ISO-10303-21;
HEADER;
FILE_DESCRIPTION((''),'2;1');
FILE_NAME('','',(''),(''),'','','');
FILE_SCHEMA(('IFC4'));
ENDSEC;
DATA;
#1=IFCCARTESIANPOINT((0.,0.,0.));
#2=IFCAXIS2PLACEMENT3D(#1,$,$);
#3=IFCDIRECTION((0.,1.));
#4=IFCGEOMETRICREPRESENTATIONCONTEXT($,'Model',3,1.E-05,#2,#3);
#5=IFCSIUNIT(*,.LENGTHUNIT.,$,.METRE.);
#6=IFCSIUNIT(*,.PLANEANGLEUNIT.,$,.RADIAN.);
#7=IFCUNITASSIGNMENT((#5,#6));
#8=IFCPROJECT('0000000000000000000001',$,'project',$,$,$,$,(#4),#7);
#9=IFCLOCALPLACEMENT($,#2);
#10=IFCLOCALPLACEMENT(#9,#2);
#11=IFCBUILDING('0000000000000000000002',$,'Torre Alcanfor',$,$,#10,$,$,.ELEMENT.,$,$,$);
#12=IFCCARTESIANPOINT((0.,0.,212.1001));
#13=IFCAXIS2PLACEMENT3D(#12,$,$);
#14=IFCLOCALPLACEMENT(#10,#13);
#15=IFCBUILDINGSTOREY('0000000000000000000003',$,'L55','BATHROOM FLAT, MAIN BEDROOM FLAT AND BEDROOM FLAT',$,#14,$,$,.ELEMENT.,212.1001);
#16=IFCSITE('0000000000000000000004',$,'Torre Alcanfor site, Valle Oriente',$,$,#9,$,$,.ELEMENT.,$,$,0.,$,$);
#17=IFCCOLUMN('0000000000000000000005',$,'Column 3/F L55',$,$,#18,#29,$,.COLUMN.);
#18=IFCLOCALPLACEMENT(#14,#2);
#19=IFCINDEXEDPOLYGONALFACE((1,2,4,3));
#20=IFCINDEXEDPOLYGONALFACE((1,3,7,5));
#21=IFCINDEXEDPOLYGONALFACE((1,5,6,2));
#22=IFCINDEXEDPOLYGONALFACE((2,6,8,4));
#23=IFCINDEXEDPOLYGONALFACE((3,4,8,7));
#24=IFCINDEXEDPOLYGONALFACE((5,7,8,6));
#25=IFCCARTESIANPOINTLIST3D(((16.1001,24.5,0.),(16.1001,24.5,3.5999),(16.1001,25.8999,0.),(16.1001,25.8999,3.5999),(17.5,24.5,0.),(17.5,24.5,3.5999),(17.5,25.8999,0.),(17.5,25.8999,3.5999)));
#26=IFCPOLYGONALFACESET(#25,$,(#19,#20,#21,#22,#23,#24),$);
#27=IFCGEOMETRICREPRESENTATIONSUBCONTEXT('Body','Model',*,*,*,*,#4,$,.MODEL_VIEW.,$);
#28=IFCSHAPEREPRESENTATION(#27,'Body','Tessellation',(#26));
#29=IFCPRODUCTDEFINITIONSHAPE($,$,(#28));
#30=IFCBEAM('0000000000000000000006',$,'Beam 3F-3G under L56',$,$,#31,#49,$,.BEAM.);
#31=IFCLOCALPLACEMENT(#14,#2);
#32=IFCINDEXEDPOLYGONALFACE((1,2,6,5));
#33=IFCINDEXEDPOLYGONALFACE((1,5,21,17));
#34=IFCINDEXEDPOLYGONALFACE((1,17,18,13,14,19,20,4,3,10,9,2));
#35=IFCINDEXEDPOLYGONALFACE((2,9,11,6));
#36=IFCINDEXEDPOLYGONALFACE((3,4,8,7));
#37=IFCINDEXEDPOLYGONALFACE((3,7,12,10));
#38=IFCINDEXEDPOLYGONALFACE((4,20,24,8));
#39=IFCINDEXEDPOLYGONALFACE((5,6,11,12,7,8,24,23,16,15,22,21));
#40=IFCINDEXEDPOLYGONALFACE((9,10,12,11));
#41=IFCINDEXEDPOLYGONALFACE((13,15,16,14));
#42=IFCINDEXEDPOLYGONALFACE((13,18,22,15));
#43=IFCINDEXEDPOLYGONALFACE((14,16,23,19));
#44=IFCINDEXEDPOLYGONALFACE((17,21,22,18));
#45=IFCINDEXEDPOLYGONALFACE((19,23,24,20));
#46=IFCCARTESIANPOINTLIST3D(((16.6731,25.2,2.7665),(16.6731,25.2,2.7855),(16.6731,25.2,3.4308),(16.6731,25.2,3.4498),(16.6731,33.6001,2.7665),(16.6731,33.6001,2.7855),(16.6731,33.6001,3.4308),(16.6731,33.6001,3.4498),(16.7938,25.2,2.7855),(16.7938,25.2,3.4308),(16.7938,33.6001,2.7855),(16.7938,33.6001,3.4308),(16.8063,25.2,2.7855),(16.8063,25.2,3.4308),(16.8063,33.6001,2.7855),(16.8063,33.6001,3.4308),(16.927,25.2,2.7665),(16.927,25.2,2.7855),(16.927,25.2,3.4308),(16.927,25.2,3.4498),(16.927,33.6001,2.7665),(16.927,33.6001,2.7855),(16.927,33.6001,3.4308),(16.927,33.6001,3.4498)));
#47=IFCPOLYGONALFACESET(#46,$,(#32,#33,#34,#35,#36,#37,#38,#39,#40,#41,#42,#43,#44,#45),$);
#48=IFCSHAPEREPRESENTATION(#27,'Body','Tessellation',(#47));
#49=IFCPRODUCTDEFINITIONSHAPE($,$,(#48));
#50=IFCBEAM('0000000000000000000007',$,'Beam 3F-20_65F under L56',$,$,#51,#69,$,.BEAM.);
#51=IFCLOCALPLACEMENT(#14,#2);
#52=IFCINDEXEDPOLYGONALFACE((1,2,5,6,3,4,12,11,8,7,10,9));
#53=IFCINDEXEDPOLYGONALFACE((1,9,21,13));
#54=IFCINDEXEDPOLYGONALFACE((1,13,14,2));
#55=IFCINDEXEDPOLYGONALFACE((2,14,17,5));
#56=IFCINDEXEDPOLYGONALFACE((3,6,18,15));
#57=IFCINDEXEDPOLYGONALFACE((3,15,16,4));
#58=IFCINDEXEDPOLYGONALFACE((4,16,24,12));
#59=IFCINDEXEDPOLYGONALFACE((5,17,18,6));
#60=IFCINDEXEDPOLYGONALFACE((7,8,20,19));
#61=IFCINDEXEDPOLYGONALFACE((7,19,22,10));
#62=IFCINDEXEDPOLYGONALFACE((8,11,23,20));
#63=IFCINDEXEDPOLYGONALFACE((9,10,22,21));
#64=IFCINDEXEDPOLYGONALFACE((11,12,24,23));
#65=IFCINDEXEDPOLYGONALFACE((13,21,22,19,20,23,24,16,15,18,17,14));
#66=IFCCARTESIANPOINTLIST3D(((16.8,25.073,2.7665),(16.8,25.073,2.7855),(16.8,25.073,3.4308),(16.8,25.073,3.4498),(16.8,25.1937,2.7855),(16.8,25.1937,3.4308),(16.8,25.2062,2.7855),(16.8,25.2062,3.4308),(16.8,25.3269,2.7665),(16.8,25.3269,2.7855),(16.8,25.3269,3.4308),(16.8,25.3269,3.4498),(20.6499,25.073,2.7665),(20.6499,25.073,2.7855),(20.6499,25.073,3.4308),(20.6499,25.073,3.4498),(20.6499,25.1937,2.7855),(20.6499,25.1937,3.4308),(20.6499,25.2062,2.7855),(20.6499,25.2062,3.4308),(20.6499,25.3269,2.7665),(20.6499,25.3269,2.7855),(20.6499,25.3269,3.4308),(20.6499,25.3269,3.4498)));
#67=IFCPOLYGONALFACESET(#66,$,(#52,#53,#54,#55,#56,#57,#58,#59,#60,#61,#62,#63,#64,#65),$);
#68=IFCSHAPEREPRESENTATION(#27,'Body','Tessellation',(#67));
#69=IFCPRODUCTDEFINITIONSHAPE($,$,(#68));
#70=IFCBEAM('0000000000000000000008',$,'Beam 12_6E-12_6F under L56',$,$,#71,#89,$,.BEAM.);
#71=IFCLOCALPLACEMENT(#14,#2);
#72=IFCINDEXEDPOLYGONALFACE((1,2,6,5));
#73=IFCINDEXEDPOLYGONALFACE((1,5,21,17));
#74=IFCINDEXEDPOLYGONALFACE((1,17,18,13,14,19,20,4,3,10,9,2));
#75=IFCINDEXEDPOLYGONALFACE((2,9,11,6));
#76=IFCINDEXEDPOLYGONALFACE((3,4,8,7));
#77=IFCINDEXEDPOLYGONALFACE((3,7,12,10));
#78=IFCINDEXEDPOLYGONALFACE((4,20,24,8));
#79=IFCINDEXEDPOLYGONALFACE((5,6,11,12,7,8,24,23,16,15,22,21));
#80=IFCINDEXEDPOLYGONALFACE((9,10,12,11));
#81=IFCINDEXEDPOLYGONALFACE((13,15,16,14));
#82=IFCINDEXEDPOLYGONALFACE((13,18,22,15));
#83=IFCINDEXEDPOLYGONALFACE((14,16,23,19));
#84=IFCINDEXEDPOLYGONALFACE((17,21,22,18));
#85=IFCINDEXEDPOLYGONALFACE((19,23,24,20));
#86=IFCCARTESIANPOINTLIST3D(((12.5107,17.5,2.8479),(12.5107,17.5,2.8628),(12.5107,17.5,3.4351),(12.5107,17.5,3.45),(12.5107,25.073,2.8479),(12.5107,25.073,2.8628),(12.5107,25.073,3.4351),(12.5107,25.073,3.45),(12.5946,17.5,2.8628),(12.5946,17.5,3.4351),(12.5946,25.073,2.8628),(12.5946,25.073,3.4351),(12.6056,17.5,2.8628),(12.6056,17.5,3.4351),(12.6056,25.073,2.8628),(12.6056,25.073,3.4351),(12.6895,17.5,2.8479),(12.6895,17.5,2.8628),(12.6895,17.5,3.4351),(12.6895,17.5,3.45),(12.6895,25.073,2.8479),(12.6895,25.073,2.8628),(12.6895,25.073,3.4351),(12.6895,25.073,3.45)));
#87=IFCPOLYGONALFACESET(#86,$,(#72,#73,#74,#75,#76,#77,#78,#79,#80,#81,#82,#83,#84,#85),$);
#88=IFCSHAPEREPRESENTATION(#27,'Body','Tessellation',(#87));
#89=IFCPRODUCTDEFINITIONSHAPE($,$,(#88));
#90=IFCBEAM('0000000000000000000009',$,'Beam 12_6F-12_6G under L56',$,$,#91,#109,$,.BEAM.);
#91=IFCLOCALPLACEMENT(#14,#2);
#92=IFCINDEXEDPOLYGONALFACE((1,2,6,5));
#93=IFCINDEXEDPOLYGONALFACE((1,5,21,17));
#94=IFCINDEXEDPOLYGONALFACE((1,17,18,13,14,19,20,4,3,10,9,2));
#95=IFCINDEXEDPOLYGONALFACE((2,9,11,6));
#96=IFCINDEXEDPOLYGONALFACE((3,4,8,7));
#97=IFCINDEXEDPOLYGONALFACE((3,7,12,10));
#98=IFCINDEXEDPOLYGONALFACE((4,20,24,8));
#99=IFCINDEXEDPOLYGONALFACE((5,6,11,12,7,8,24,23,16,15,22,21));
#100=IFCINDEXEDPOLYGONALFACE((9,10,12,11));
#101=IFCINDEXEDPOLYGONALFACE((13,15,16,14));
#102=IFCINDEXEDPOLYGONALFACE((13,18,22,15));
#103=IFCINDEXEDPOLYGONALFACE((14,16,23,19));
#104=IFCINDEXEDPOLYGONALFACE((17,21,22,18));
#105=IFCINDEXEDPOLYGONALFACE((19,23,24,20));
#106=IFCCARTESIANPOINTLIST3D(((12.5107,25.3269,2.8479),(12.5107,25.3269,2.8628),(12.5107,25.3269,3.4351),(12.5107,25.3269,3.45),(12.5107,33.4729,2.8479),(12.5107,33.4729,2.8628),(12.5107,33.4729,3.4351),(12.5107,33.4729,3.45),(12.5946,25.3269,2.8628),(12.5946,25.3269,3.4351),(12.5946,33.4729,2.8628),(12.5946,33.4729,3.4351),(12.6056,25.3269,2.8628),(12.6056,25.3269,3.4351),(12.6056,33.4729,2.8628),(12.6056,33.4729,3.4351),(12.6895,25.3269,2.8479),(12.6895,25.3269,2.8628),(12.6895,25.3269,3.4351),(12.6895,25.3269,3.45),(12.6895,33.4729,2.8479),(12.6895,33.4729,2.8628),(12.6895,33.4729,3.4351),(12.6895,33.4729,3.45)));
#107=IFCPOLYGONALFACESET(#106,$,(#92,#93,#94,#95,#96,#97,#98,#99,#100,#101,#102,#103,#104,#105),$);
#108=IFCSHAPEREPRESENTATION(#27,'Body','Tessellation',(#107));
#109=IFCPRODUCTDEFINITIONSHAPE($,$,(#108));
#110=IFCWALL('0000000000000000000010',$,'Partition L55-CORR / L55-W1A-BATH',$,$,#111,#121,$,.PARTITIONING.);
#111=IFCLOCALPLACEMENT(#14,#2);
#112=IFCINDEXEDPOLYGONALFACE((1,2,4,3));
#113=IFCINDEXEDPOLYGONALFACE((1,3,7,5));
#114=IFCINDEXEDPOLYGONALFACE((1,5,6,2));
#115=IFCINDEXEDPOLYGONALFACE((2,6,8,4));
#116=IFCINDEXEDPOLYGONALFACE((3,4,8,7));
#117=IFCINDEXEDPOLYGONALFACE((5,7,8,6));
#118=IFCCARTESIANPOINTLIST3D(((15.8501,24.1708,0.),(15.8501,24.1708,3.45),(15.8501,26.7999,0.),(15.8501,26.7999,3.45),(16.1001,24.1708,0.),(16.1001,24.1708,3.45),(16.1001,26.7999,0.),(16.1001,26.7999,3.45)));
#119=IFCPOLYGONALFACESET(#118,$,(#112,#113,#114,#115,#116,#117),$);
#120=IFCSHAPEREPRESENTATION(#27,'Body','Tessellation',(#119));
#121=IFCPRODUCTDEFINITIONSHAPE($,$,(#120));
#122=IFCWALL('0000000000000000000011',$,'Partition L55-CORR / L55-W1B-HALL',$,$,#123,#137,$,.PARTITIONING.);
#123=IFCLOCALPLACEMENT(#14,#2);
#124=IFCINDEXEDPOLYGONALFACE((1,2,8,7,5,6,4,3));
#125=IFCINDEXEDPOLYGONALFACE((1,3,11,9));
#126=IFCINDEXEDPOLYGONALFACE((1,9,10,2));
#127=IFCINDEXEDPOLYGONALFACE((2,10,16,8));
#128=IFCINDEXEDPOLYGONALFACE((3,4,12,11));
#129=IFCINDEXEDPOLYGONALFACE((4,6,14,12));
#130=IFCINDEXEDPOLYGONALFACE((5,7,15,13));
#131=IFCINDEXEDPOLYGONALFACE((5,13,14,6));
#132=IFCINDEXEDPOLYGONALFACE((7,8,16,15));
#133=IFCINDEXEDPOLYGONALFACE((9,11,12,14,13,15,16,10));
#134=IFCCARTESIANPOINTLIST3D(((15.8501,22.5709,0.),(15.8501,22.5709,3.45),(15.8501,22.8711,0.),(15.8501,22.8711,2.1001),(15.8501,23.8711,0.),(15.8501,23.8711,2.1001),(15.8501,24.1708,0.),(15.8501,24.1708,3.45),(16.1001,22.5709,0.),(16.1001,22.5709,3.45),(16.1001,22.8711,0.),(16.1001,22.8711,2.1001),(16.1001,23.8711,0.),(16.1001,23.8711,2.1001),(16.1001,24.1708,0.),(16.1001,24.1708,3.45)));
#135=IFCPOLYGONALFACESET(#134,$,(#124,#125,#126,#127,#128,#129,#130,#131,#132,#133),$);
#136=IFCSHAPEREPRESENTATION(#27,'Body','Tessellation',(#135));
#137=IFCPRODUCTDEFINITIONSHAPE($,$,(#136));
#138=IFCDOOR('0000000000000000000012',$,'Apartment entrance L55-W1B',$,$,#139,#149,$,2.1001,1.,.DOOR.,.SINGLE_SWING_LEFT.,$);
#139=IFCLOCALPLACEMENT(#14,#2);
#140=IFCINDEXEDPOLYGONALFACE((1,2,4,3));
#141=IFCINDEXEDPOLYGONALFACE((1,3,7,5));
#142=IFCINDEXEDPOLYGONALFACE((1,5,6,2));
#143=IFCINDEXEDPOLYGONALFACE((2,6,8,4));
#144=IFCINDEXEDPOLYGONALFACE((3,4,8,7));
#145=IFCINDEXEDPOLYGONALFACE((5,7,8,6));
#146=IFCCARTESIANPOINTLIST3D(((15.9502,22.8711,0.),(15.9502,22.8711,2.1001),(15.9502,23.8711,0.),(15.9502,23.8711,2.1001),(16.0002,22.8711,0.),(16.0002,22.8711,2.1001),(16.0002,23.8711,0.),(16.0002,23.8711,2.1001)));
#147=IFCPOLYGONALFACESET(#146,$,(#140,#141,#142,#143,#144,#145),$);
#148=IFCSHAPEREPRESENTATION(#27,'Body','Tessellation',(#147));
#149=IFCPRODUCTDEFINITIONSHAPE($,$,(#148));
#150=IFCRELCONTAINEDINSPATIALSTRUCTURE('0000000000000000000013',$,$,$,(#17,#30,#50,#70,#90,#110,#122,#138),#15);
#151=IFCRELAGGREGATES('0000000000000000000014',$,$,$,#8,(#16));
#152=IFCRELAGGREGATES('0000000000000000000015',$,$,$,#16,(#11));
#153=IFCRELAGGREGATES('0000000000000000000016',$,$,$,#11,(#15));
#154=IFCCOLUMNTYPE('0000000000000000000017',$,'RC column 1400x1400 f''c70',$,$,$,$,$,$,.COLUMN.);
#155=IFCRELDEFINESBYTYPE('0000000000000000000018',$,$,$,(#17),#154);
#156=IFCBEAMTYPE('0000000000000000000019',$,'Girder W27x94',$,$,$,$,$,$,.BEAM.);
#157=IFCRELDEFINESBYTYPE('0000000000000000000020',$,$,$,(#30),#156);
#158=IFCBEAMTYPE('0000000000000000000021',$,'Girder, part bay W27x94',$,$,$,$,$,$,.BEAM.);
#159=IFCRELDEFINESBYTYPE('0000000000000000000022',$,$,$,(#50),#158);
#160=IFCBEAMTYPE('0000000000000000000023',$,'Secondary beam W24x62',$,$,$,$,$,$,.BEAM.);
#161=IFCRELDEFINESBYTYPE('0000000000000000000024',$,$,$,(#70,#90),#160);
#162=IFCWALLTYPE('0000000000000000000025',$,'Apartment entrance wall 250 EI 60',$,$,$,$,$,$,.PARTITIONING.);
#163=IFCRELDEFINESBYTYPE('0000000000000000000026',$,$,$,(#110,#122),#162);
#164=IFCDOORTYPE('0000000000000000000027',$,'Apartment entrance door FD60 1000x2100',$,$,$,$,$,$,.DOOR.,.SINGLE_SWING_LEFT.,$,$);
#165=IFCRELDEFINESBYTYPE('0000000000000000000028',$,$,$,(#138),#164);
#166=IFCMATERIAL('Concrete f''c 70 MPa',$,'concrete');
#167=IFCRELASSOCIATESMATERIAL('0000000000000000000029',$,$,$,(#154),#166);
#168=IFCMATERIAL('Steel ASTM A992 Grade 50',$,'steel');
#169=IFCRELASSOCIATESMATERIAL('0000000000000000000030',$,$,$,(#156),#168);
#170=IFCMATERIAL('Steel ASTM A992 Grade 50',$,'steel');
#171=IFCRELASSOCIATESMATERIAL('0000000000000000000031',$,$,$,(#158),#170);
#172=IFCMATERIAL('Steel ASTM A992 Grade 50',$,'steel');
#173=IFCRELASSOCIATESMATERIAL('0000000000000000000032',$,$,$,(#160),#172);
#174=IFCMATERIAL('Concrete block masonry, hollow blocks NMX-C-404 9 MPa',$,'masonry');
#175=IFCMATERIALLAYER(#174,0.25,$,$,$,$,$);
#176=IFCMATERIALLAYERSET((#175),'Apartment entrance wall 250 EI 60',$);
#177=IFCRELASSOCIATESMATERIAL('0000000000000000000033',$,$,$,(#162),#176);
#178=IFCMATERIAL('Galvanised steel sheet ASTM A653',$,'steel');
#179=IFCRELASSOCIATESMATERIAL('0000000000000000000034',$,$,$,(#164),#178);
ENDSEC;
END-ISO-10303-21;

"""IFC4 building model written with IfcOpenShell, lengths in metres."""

from ifc_helpers import new_model, si_unit, direction, frame, frame_2d, origin, origin_2d, place, context, subcontext, project, spatial, rectangle, i_section, extrude, material, layer, layer_set, material_profile, profile_set, type_object, element, fill, save


model = new_model("IFC4")

# Units and contexts
model_context = context("Model", 3, precision=1e-05, world=origin(), true_north=direction((0.0, 1.0)))
body_context = subcontext(model_context, "Body", "Model", "MODEL_VIEW")
ifc_project = project(units=[si_unit("LENGTHUNIT", "METRE"), si_unit("PLANEANGLEUNIT", "RADIAN")], contexts=[model_context])

# Site, building, storey
site_placement = place(None, origin())
site = spatial("IfcSite", under=ifc_project, at=site_placement, Name="Torre Alcanfor site, Valle Oriente", CompositionType="ELEMENT", RefElevation=0.0)
building_placement = place(site_placement, origin())
building = spatial("IfcBuilding", under=site, at=building_placement, Name="Torre Alcanfor", CompositionType="ELEMENT")
storey_placement = place(building_placement, frame((0.0, 0.0, 212.1001)))
storey = spatial("IfcBuildingStorey", under=building, at=storey_placement, Name="L55", Description="BATHROOM FLAT, MAIN BEDROOM FLAT AND BEDROOM FLAT", CompositionType="ELEMENT", Elevation=212.1001)

# Column
ifc_material_1 = material(Name="Concrete f'c 70 MPa", Category="concrete")
ifc_material_profile_1 = material_profile(ifc_material_1, rectangle(XDim=1.3999, YDim=1.3999, at=origin_2d()), Name="1400x1400")
ifc_profile_set_1 = profile_set([ifc_material_profile_1], Name="Concrete f'c 70 MPa")
column_type = type_object("IfcColumnType", Name="RC column 1400x1400 f'c70", PredefinedType="COLUMN", material=ifc_profile_set_1)
column_placement = place(storey_placement, frame((16.8, 25.2, 0.0), z_axis=(0.0, 0.0, 1.0), x_axis=(1.0, 0.0, 0.0)))
element("IfcColumn", 1, at=column_placement, inside=storey, type_object=column_type, Name="Column 3/F L55", PredefinedType="COLUMN", context=body_context, shape_type="SweptSolid", body=[
    extrude(rectangle(XDim=1.3999, YDim=1.3999, at=origin_2d()), origin(), (0.0, 0.0, 1.0), 3.5999),
])

# Beams
ifc_material_2 = material(Name="Steel ASTM A992 Grade 50", Category="steel")
ifc_material_profile_2 = material_profile(ifc_material_2, i_section(OverallWidth=0.2539, OverallDepth=0.6833, WebThickness=0.0125, FlangeThickness=0.019, at=origin_2d()), Name="W27x94")
ifc_profile_set_2 = profile_set([ifc_material_profile_2], Name="Steel ASTM A992 Grade 50")
beam_type_1 = type_object("IfcBeamType", Name="Girder W27x94", PredefinedType="BEAM", material=ifc_profile_set_2)
beam_1_placement = place(storey_placement, frame((16.8, 25.2, 3.1082), z_axis=(0.0, 1.0, 0.0), x_axis=(-1.0, 0.0, 0.0)))
element("IfcBeam", 2, at=beam_1_placement, inside=storey, type_object=beam_type_1, Name="Beam 3F-3G under L56", PredefinedType="BEAM", context=body_context, shape_type="SweptSolid", body=[
    extrude(i_section(OverallWidth=0.2539, OverallDepth=0.6833, WebThickness=0.0125, FlangeThickness=0.019, at=origin_2d()), origin(), (0.0, 0.0, 1.0), 8.4001),
])
ifc_material_3 = material(Name="Steel ASTM A992 Grade 50", Category="steel")
ifc_material_profile_3 = material_profile(ifc_material_3, i_section(OverallWidth=0.2539, OverallDepth=0.6833, WebThickness=0.0125, FlangeThickness=0.019, at=origin_2d()), Name="W27x94")
ifc_profile_set_3 = profile_set([ifc_material_profile_3], Name="Steel ASTM A992 Grade 50")
beam_type_2 = type_object("IfcBeamType", Name="Girder, part bay W27x94", PredefinedType="BEAM", material=ifc_profile_set_3)
beam_2_placement = place(storey_placement, frame((16.8, 25.2, 3.1082), z_axis=(1.0, 0.0, 0.0), x_axis=(0.0, 1.0, 0.0)))
element("IfcBeam", 3, at=beam_2_placement, inside=storey, type_object=beam_type_2, Name="Beam 3F-20_65F under L56", PredefinedType="BEAM", context=body_context, shape_type="SweptSolid", body=[
    extrude(i_section(OverallWidth=0.2539, OverallDepth=0.6833, WebThickness=0.0125, FlangeThickness=0.019, at=origin_2d()), origin(), (0.0, 0.0, 1.0), 3.8499),
])
ifc_material_4 = material(Name="Steel ASTM A992 Grade 50", Category="steel")
ifc_material_profile_4 = material_profile(ifc_material_4, i_section(OverallWidth=0.1787, OverallDepth=0.6021, WebThickness=0.011, FlangeThickness=0.0149, at=origin_2d()), Name="W24x62")
ifc_profile_set_4 = profile_set([ifc_material_profile_4], Name="Steel ASTM A992 Grade 50")
beam_type_3 = type_object("IfcBeamType", Name="Secondary beam W24x62", PredefinedType="BEAM", material=ifc_profile_set_4)
beam_3_placement = place(storey_placement, frame((12.6001, 17.5, 3.1489), z_axis=(0.0, 1.0, 0.0), x_axis=(-1.0, 0.0, 0.0)))
element("IfcBeam", 4, at=beam_3_placement, inside=storey, type_object=beam_type_3, Name="Beam 12_6E-12_6F under L56", PredefinedType="BEAM", context=body_context, shape_type="SweptSolid", body=[
    extrude(i_section(OverallWidth=0.1787, OverallDepth=0.6021, WebThickness=0.011, FlangeThickness=0.0149, at=origin_2d()), origin(), (0.0, 0.0, 1.0), 7.573),
])
beam_4_placement = place(storey_placement, frame((12.6001, 25.3269, 3.1489), z_axis=(0.0, 1.0, 0.0), x_axis=(-1.0, 0.0, 0.0)))
element("IfcBeam", 5, at=beam_4_placement, inside=storey, type_object=beam_type_3, Name="Beam 12_6F-12_6G under L56", PredefinedType="BEAM", context=body_context, shape_type="SweptSolid", body=[
    extrude(i_section(OverallWidth=0.1787, OverallDepth=0.6021, WebThickness=0.011, FlangeThickness=0.0149, at=origin_2d()), origin(), (0.0, 0.0, 1.0), 8.146),
])

# Wall
ifc_material_5 = material(Name="Concrete block masonry, hollow blocks NMX-C-404 9 MPa", Category="masonry")
ifc_layer_1 = layer(ifc_material_5, 0.25)
ifc_layer_set_1 = layer_set([ifc_layer_1], Name="Apartment entrance wall 250 EI 60")
wall_type_1 = type_object("IfcWallType", Name="Apartment entrance wall 250 EI 60", PredefinedType="PARTITIONING", material=ifc_layer_set_1)
wall_1_placement = place(storey_placement, frame((15.9751, 24.1709, 0.0), z_axis=(0.0, 0.0, 1.0), x_axis=(0.0, 1.0, 0.0)))
element("IfcWall", 6, at=wall_1_placement, inside=storey, type_object=wall_type_1, Name="Partition L55-CORR / L55-W1A-BATH", PredefinedType="PARTITIONING", context=body_context, shape_type="SweptSolid", body=[
    extrude(rectangle(XDim=2.6292, YDim=0.25, at=frame_2d((1.3145, 0.0))), origin(), (0.0, 0.0, 1.0), 3.45),
])

# Wall, opening, door
wall_2_placement = place(storey_placement, frame((15.9751, 22.571, 0.0), z_axis=(0.0, 0.0, 1.0), x_axis=(0.0, 1.0, 0.0)))
wall_2 = element("IfcWall", 7, at=wall_2_placement, inside=storey, type_object=wall_type_1, Name="Partition L55-CORR / L55-W1B-HALL", PredefinedType="PARTITIONING", context=body_context, shape_type="SweptSolid", body=[
    extrude(rectangle(XDim=1.5999, YDim=0.25, at=frame_2d((0.7998, 0.0))), origin(), (0.0, 0.0, 1.0), 3.45),
])
opening_1_placement = place(wall_2_placement, frame((0.3, 0.0, 0.0)))
opening_1 = element("IfcOpeningElement", 8, at=opening_1_placement, cuts=wall_2, PredefinedType="OPENING", context=body_context, shape_type="SweptSolid", body=[
    extrude(rectangle(XDim=1.0, YDim=2.1001, at=frame_2d((0.5, 1.05))), frame((0.0, 0.135, 0.0), z_axis=(0.0, -1.0, 0.0), x_axis=(1.0, 0.0, 0.0)), (0.0, 0.0, 1.0), 0.27),
])
ifc_material_6 = material(Name="Galvanised steel sheet ASTM A653", Category="steel")
door_type_1 = type_object("IfcDoorType", Name="Apartment entrance door FD60 1000x2100", OperationType="SINGLE_SWING_LEFT", PredefinedType="DOOR", material=ifc_material_6)
door_1_placement = place(opening_1_placement, origin())
door_1 = element("IfcDoor", 9, at=door_1_placement, inside=storey, type_object=door_type_1, Name="Apartment entrance L55-W1B", OperationType="SINGLE_SWING_LEFT", OverallHeight=2.1001, OverallWidth=1.0, PredefinedType="DOOR", context=body_context, shape_type="SweptSolid", body=[
    extrude(rectangle(XDim=1.0, YDim=2.1001, at=frame_2d((0.5, 1.05))), frame((0.0, 0.0249, 0.0), z_axis=(0.0, -1.0, 0.0), x_axis=(1.0, 0.0, 0.0)), (0.0, 0.0, 1.0), 0.05),
])
fill(opening_1, door_1)

save(model, "model.ifc")
